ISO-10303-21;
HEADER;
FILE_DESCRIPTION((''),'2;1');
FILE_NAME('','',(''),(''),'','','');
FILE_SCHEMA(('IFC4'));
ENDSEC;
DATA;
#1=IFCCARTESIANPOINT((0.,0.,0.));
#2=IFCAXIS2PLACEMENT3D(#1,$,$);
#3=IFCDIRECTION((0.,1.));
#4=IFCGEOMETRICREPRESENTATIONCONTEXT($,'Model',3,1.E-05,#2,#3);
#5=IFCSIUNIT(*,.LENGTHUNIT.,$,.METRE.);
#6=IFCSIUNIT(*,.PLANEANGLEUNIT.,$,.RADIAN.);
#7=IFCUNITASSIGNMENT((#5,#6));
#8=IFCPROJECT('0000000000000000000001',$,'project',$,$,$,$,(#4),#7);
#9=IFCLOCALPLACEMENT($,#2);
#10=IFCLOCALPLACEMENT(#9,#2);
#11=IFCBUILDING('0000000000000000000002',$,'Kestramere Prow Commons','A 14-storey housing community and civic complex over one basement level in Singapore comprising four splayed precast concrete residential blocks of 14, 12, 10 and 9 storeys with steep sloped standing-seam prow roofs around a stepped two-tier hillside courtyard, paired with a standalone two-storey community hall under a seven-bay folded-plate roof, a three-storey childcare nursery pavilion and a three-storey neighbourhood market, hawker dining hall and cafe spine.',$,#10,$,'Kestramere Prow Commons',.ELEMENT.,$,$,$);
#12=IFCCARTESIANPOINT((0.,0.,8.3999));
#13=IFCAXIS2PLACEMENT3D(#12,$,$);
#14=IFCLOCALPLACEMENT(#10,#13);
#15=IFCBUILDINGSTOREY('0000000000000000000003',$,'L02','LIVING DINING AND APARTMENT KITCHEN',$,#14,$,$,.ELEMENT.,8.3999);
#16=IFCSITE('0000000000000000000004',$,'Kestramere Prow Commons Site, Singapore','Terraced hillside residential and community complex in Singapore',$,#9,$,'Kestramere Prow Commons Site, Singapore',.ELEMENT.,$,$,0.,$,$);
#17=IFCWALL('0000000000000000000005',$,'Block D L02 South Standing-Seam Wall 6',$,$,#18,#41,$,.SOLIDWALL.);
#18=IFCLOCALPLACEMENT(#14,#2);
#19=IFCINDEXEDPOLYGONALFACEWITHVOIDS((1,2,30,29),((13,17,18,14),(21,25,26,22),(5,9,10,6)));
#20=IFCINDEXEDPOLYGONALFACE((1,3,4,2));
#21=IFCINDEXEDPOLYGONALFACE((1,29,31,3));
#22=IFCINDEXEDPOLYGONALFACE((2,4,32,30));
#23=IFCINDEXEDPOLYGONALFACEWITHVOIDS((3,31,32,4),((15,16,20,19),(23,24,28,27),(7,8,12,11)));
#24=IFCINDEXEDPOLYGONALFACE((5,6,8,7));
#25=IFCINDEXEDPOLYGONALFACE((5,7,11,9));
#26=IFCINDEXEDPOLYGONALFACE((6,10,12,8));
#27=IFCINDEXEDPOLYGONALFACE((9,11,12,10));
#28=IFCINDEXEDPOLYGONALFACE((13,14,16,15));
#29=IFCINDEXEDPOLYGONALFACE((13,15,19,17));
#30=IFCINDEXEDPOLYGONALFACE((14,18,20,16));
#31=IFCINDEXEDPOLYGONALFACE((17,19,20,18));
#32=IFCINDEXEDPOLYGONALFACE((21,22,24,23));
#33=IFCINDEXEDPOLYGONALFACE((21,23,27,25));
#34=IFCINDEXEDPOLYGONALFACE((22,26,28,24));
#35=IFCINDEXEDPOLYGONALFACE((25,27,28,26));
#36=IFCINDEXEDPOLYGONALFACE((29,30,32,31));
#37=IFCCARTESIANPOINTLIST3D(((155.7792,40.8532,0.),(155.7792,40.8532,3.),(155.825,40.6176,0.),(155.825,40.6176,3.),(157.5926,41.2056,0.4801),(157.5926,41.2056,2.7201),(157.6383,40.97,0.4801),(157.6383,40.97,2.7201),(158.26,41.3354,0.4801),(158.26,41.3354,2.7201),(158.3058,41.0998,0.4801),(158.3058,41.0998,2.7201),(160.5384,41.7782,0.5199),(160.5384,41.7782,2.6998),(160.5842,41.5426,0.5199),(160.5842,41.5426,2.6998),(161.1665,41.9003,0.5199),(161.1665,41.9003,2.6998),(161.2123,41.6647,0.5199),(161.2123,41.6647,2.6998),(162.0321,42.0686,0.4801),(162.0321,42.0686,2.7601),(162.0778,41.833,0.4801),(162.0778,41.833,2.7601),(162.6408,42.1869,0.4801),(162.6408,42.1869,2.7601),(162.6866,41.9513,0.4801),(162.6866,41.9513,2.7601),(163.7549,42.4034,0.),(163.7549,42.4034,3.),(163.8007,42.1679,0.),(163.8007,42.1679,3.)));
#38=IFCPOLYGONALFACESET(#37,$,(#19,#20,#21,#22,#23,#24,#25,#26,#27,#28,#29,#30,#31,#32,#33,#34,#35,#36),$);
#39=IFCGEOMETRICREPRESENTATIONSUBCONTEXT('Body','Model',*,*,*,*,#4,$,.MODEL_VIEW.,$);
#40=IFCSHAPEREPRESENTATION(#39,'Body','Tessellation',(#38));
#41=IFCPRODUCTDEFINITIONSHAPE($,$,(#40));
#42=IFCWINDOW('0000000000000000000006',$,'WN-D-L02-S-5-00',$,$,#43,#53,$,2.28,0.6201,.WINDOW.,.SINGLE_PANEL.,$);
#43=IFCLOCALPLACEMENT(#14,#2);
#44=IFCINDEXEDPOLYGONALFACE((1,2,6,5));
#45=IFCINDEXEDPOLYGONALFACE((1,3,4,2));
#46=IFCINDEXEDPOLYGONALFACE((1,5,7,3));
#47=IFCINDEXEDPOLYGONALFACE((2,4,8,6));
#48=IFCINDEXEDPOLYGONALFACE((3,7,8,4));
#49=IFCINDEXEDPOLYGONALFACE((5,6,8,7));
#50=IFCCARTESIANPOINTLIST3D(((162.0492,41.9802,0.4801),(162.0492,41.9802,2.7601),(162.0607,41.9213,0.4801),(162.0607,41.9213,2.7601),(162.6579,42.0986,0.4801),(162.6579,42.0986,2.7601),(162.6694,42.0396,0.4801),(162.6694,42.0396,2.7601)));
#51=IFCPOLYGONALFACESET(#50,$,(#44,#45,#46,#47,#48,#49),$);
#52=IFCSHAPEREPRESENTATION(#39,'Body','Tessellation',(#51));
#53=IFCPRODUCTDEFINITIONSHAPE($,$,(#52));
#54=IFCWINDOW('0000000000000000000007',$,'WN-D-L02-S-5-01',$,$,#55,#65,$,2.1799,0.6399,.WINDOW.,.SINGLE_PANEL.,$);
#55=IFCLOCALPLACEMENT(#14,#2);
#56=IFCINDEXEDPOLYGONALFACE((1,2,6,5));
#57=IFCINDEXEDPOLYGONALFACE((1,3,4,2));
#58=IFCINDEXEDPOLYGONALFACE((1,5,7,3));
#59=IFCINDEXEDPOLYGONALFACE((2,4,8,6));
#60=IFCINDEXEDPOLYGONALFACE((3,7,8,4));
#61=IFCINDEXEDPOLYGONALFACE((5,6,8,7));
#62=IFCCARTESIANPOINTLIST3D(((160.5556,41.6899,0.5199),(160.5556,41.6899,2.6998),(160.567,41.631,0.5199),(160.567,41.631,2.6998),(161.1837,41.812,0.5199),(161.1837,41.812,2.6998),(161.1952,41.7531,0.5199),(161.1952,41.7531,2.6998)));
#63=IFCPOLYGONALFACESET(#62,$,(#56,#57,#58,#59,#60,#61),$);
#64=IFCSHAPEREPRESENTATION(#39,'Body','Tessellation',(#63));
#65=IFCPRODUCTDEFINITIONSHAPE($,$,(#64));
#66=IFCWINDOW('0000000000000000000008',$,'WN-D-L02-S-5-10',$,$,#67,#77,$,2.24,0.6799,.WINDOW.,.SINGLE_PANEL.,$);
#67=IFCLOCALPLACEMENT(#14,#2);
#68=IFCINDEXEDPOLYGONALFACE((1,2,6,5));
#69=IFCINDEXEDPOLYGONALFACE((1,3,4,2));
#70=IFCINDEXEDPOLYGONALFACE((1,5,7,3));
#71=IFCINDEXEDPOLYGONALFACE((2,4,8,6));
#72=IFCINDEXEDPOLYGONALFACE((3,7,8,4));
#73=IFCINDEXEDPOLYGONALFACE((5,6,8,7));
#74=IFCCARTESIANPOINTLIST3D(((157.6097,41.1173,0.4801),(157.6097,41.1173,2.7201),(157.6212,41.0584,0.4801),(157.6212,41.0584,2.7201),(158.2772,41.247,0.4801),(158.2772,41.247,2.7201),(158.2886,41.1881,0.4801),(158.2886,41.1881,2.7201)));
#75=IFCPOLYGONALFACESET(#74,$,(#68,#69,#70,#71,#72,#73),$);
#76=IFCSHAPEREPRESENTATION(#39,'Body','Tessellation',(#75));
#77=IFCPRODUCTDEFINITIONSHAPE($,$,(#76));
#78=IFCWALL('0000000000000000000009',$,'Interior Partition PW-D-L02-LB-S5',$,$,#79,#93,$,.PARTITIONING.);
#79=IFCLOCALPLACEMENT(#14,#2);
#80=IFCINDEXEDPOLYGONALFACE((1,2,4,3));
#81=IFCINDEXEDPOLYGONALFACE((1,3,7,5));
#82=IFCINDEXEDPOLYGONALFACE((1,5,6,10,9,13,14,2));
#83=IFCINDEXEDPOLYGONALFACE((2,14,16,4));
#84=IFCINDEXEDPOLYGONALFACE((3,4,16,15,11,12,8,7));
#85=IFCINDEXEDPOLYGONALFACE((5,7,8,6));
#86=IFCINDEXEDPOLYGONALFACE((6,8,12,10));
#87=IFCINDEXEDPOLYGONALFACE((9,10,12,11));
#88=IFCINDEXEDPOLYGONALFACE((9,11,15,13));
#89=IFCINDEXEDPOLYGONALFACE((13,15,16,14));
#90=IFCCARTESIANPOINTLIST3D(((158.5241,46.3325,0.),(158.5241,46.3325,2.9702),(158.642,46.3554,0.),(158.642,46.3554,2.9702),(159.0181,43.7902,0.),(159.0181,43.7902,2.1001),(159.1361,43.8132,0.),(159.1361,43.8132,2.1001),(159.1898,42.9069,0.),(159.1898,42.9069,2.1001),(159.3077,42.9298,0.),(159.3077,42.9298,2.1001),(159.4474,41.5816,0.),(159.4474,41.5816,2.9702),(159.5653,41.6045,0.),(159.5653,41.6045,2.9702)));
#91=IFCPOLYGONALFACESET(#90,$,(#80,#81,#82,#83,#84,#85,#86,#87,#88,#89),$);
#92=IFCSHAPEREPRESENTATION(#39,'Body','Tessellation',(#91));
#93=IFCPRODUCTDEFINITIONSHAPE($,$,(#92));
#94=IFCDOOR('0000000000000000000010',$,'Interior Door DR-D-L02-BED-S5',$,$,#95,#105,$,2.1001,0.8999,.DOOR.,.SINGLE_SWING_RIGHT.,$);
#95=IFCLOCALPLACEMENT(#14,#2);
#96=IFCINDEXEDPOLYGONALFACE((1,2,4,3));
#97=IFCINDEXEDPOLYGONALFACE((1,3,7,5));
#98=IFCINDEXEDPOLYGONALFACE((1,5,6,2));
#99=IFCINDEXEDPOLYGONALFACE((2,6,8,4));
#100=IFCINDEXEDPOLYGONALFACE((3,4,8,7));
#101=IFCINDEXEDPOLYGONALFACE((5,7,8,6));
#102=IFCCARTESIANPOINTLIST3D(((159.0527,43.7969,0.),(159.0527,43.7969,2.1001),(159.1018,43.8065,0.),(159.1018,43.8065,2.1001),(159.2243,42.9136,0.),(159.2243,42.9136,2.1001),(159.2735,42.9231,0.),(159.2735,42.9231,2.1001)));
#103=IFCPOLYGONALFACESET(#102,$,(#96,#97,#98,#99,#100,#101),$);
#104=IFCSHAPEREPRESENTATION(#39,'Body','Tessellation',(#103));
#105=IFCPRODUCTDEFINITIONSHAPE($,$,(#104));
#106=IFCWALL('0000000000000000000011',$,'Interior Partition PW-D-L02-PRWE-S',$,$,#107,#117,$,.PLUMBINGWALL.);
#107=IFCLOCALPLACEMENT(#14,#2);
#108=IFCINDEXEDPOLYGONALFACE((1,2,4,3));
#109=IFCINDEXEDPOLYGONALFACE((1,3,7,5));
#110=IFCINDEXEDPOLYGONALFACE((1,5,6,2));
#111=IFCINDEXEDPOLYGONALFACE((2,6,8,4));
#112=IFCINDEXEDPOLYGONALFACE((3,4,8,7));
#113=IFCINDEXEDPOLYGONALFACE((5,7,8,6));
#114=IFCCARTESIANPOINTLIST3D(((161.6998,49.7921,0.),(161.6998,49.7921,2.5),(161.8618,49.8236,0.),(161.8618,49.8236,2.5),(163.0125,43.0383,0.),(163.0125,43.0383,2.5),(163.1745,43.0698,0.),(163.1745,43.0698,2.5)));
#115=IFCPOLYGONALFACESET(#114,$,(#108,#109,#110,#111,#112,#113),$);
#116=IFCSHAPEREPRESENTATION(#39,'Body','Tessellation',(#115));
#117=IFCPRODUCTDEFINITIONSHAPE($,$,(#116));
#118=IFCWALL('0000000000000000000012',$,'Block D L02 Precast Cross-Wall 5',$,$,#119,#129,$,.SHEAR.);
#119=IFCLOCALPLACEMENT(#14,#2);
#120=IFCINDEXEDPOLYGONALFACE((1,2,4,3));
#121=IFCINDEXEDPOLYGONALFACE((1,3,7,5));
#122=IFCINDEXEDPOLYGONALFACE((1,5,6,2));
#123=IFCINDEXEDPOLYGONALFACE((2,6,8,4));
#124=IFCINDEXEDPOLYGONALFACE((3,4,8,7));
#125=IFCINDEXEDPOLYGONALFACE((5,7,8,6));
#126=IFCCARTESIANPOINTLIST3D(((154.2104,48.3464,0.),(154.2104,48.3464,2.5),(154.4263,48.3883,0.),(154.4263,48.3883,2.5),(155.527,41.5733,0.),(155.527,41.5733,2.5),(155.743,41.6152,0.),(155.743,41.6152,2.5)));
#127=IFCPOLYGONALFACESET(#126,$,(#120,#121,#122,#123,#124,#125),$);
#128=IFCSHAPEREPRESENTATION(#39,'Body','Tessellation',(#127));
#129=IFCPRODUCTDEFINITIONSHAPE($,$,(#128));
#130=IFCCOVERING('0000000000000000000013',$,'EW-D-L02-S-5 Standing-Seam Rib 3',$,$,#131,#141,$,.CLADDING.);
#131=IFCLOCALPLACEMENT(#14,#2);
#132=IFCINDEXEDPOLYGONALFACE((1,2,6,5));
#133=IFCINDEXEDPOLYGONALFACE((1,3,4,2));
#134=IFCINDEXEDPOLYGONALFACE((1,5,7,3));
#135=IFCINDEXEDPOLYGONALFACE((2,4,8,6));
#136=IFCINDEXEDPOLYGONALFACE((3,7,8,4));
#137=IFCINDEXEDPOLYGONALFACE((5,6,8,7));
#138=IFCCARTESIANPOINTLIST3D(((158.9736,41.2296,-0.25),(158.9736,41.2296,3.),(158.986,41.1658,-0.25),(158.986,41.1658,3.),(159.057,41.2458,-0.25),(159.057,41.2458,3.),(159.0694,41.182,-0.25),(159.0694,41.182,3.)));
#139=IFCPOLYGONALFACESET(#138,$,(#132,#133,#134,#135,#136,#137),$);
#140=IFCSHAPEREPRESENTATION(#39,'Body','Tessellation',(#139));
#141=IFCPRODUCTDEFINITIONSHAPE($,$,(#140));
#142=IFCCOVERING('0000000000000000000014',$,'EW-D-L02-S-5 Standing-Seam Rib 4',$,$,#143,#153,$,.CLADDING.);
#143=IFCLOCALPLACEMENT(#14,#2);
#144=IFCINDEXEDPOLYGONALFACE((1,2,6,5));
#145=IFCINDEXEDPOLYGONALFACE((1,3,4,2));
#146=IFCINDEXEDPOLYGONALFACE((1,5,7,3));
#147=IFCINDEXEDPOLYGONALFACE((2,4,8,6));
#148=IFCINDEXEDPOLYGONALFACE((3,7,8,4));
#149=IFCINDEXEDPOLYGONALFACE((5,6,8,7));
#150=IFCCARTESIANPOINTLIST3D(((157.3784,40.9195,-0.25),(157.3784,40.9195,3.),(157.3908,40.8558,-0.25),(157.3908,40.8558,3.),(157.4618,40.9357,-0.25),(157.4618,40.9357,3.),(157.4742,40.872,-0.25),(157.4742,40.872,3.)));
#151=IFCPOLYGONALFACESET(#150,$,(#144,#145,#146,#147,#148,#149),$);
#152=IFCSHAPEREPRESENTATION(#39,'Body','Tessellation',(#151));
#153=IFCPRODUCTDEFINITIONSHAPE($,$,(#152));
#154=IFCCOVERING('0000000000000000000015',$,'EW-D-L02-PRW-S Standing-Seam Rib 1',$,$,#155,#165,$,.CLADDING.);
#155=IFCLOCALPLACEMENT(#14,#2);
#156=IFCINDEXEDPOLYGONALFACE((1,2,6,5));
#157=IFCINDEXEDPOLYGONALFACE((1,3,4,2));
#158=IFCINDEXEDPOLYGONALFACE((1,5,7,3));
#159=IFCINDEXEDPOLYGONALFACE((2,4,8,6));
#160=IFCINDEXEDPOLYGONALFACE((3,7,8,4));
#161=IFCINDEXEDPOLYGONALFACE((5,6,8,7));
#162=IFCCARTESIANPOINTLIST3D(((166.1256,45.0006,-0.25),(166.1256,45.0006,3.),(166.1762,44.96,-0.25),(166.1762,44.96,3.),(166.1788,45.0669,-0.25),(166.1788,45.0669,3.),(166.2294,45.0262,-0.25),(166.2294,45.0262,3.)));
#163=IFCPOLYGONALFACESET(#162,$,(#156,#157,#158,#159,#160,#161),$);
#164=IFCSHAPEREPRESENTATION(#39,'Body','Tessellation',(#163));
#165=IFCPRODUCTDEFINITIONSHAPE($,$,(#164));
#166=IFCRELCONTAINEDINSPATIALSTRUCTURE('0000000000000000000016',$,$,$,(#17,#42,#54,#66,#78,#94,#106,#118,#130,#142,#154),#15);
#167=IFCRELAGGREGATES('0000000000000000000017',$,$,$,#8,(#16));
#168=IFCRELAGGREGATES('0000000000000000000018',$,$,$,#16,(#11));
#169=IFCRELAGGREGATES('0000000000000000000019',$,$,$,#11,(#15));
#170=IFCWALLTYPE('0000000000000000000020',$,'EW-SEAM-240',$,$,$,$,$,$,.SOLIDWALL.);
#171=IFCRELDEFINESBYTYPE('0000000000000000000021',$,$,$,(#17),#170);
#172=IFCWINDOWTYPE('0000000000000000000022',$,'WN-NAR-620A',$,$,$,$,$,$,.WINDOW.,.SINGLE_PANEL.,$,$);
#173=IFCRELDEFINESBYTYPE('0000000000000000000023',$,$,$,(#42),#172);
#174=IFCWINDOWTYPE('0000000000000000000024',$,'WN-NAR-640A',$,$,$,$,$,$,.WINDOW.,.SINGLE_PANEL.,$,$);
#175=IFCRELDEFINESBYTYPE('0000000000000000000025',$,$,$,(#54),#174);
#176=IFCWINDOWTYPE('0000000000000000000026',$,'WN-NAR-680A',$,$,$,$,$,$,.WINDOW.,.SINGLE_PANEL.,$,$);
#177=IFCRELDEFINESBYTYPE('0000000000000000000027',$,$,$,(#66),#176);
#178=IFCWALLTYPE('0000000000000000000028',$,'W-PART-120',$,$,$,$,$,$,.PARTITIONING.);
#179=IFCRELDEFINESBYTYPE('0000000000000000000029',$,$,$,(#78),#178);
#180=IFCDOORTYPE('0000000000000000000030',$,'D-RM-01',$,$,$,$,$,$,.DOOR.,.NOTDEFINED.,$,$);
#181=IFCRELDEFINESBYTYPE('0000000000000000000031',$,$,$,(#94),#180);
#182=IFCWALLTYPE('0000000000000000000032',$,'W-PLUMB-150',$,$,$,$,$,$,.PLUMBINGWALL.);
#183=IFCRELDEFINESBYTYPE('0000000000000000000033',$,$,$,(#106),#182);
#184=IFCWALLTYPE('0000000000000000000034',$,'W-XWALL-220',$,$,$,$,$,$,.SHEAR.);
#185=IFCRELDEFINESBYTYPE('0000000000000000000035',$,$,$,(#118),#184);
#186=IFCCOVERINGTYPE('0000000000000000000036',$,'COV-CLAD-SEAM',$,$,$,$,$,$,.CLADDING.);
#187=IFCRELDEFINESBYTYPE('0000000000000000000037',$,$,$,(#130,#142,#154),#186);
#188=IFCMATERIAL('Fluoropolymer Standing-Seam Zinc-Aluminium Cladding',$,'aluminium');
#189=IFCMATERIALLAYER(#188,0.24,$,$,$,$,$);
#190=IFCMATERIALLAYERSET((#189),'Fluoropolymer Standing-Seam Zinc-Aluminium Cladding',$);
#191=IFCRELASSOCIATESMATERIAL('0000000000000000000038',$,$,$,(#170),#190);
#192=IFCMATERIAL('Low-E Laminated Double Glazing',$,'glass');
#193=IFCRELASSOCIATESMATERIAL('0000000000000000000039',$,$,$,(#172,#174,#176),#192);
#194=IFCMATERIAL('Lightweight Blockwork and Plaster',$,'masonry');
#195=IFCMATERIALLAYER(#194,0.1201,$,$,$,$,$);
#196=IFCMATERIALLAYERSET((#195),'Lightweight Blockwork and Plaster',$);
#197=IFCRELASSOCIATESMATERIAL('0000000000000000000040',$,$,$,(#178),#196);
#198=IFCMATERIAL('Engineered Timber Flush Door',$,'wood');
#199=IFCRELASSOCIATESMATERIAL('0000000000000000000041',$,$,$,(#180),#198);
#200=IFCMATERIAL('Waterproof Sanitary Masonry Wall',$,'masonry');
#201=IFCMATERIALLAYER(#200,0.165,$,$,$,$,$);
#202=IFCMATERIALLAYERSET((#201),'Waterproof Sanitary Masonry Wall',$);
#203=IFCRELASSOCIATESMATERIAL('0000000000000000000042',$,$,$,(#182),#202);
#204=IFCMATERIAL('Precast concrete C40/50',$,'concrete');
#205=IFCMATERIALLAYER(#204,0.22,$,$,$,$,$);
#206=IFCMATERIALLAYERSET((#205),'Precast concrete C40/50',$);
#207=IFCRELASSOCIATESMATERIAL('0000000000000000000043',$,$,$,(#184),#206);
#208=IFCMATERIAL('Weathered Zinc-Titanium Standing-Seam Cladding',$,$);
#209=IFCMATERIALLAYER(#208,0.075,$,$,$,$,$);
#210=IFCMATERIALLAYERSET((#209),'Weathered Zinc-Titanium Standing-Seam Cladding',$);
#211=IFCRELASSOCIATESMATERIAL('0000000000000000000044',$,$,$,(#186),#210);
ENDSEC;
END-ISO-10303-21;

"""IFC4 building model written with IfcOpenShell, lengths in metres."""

from ifc_helpers import new_model, si_unit, direction, frame, frame_2d, origin, origin_2d, place, context, subcontext, project, spatial, rectangle, extrude, material, layer, layer_set, type_object, element, fill, save


model = new_model("IFC4")

# Units and contexts
model_context = context("Model", 3, precision=1e-05, world=origin(), true_north=direction((0.0, 1.0)))
body_context = subcontext(model_context, "Body", "Model", "MODEL_VIEW")
ifc_project = project(units=[si_unit("LENGTHUNIT", "METRE"), si_unit("PLANEANGLEUNIT", "RADIAN")], contexts=[model_context])

# Site, building, storey
site_placement = place(None, origin())
site = spatial("IfcSite", under=ifc_project, at=site_placement, Name="Kestramere Prow Commons Site, Singapore", Description="Terraced hillside residential and community complex in Singapore", LongName="Kestramere Prow Commons Site, Singapore", CompositionType="ELEMENT", RefElevation=0.0)
building_placement = place(site_placement, origin())
building = spatial("IfcBuilding", under=site, at=building_placement, Name="Kestramere Prow Commons", Description="A 14-storey housing community and civic complex over one basement level in Singapore comprising four splayed precast concrete residential blocks of 14, 12, 10 and 9 storeys with steep sloped standing-seam prow roofs around a stepped two-tier hillside courtyard, paired with a standalone two-storey community hall under a seven-bay folded-plate roof, a three-storey childcare nursery pavilion and a three-storey neighbourhood market, hawker dining hall and cafe spine.", LongName="Kestramere Prow Commons", CompositionType="ELEMENT")
storey_placement = place(building_placement, frame((0.0, 0.0, 8.3999)))
storey = spatial("IfcBuildingStorey", under=building, at=storey_placement, Name="L02", Description="LIVING DINING AND APARTMENT KITCHEN", CompositionType="ELEMENT", Elevation=8.3999)

# Shared definitions
ifc_material_1 = material(Name="Precast concrete C40/50", Category="concrete")

# Shared definitions
ifc_material_2 = material(Name="Weathered Zinc-Titanium Standing-Seam Cladding")

# Wall, openings, windows
ifc_material_3 = material(Name="Fluoropolymer Standing-Seam Zinc-Aluminium Cladding", Category="aluminium")
ifc_layer_1 = layer(ifc_material_3, 0.24)
ifc_layer_set_1 = layer_set([ifc_layer_1], Name="Fluoropolymer Standing-Seam Zinc-Aluminium Cladding")
wall_type_1 = type_object("IfcWallType", Name="EW-SEAM-240", PredefinedType="SOLIDWALL", material=ifc_layer_set_1)
ifc_material_4 = material(Name="Low-E Laminated Double Glazing", Category="glass")
wall_1_placement = place(storey_placement, frame((163.7778, 42.2856, 0.0), z_axis=(0.0, 0.0, 1.0), x_axis=(-0.981628, -0.190803, 0.0)))
wall_1 = element("IfcWall", 1, at=wall_1_placement, inside=storey, type_object=wall_type_1, Name="Block D L02 South Standing-Seam Wall 6", PredefinedType="SOLIDWALL", context=body_context, shape_type="SweptSolid", body=[
    extrude(rectangle(XDim=8.125, YDim=0.24, at=frame_2d((4.0625, 0.0))), origin(), (0.0, 0.0, 1.0), 3.0),
])
opening_1_placement = place(wall_1_placement, frame((1.135, 0.0, 0.48)))
opening_1 = element("IfcOpeningElement", 2, at=opening_1_placement, cuts=wall_1, PredefinedType="OPENING", context=body_context, shape_type="SweptSolid", body=[
    extrude(rectangle(XDim=0.6201, YDim=2.28, at=frame_2d((0.3101, 1.1401))), frame((0.0, 0.135, 0.0), z_axis=(0.0, -1.0, 0.0), x_axis=(1.0, 0.0, 0.0)), (0.0, 0.0, 1.0), 0.27),
])
opening_2_placement = place(wall_1_placement, frame((2.637, 0.0, 0.52)))
opening_2 = element("IfcOpeningElement", 3, at=opening_2_placement, cuts=wall_1, PredefinedType="OPENING", context=body_context, shape_type="SweptSolid", body=[
    extrude(rectangle(XDim=0.6399, YDim=2.1799, at=frame_2d((0.3198, 1.0898))), frame((0.0, 0.135, 0.0), z_axis=(0.0, -1.0, 0.0), x_axis=(1.0, 0.0, 0.0)), (0.0, 0.0, 1.0), 0.27),
])
opening_3_placement = place(wall_1_placement, frame((5.5979, 0.0, 0.48)))
opening_3 = element("IfcOpeningElement", 4, at=opening_3_placement, cuts=wall_1, PredefinedType="OPENING", context=body_context, shape_type="SweptSolid", body=[
    extrude(rectangle(XDim=0.6799, YDim=2.24, at=frame_2d((0.3398, 1.1201))), frame((0.0, 0.135, 0.0), z_axis=(0.0, -1.0, 0.0), x_axis=(1.0, 0.0, 0.0)), (0.0, 0.0, 1.0), 0.27),
])
window_type_1 = type_object("IfcWindowType", Name="WN-NAR-620A", PartitioningType="SINGLE_PANEL", PredefinedType="WINDOW", material=ifc_material_4)
window_1_placement = place(opening_1_placement, origin())
window_1 = element("IfcWindow", 5, at=window_1_placement, inside=storey, type_object=window_type_1, Name="WN-D-L02-S-5-00", OverallHeight=2.28, OverallWidth=0.6201, PartitioningType="SINGLE_PANEL", PredefinedType="WINDOW", context=body_context, shape_type="SweptSolid", body=[
    extrude(rectangle(XDim=0.6201, YDim=2.28, at=frame_2d((0.3101, 1.1401))), frame((0.0, 0.03, 0.0), z_axis=(0.0, -1.0, 0.0), x_axis=(1.0, 0.0, 0.0)), (0.0, 0.0, 1.0), 0.0601),
])
fill(opening_1, window_1)
window_type_2 = type_object("IfcWindowType", Name="WN-NAR-640A", PartitioningType="SINGLE_PANEL", PredefinedType="WINDOW", material=ifc_material_4)
window_2_placement = place(opening_2_placement, origin())
window_2 = element("IfcWindow", 6, at=window_2_placement, inside=storey, type_object=window_type_2, Name="WN-D-L02-S-5-01", OverallHeight=2.1799, OverallWidth=0.6399, PartitioningType="SINGLE_PANEL", PredefinedType="WINDOW", context=body_context, shape_type="SweptSolid", body=[
    extrude(rectangle(XDim=0.6399, YDim=2.1799, at=frame_2d((0.3198, 1.0898))), frame((0.0, 0.03, 0.0), z_axis=(0.0, -1.0, 0.0), x_axis=(1.0, 0.0, 0.0)), (0.0, 0.0, 1.0), 0.0601),
])
fill(opening_2, window_2)
window_type_3 = type_object("IfcWindowType", Name="WN-NAR-680A", PartitioningType="SINGLE_PANEL", PredefinedType="WINDOW", material=ifc_material_4)
window_3_placement = place(opening_3_placement, origin())
window_3 = element("IfcWindow", 7, at=window_3_placement, inside=storey, type_object=window_type_3, Name="WN-D-L02-S-5-10", OverallHeight=2.24, OverallWidth=0.6799, PartitioningType="SINGLE_PANEL", PredefinedType="WINDOW", context=body_context, shape_type="SweptSolid", body=[
    extrude(rectangle(XDim=0.6799, YDim=2.24, at=frame_2d((0.3398, 1.1201))), frame((0.0, 0.03, 0.0), z_axis=(0.0, -1.0, 0.0), x_axis=(1.0, 0.0, 0.0)), (0.0, 0.0, 1.0), 0.0601),
])
fill(opening_3, window_3)

# Wall, opening, door
ifc_material_5 = material(Name="Lightweight Blockwork and Plaster", Category="masonry")
ifc_layer_2 = layer(ifc_material_5, 0.1201)
ifc_layer_set_2 = layer_set([ifc_layer_2], Name="Lightweight Blockwork and Plaster")
wall_type_2 = type_object("IfcWallType", Name="W-PART-120", PredefinedType="PARTITIONING", material=ifc_layer_set_2)
wall_2_placement = place(storey_placement, frame((159.5063, 41.593, 0.0), z_axis=(0.0, 0.0, 1.0), x_axis=(-0.190778, 0.981633, 0.0)))
wall_2 = element("IfcWall", 8, at=wall_2_placement, inside=storey, type_object=wall_type_2, Name="Interior Partition PW-D-L02-LB-S5", PredefinedType="PARTITIONING", context=body_context, shape_type="SweptSolid", body=[
    extrude(rectangle(XDim=4.8398, YDim=0.1201, at=frame_2d((2.4199, 0.0))), origin(), (0.0, 0.0, 1.0), 2.9702),
])
opening_4_placement = place(wall_2_placement, frame((1.3501, 0.0, 0.0)))
opening_4 = element("IfcOpeningElement", 9, at=opening_4_placement, cuts=wall_2, PredefinedType="OPENING", context=body_context, shape_type="SweptSolid", body=[
    extrude(rectangle(XDim=0.8999, YDim=2.1001, at=frame_2d((0.45, 1.05))), frame((0.0, 0.075, 0.0), z_axis=(0.0, -1.0, 0.0), x_axis=(1.0, 0.0, 0.0)), (0.0, 0.0, 1.0), 0.1501),
])
ifc_material_6 = material(Name="Engineered Timber Flush Door", Category="wood")
door_type = type_object("IfcDoorType", Name="D-RM-01", OperationType="NOTDEFINED", PredefinedType="DOOR", material=ifc_material_6)
door_placement = place(opening_4_placement, origin())
door = element("IfcDoor", 10, at=door_placement, inside=storey, type_object=door_type, Name="Interior Door DR-D-L02-BED-S5", OperationType="SINGLE_SWING_RIGHT", OverallHeight=2.1001, OverallWidth=0.8999, PredefinedType="DOOR", context=body_context, shape_type="SweptSolid", body=[
    extrude(rectangle(XDim=0.8999, YDim=2.1001, at=frame_2d((0.45, 1.05))), frame((0.0, 0.0249, 0.0), z_axis=(0.0, -1.0, 0.0), x_axis=(1.0, 0.0, 0.0)), (0.0, 0.0, 1.0), 0.05),
])
fill(opening_4, door)

# Walls
ifc_material_7 = material(Name="Waterproof Sanitary Masonry Wall", Category="masonry")
ifc_layer_3 = layer(ifc_material_7, 0.165)
ifc_layer_set_3 = layer_set([ifc_layer_3], Name="Waterproof Sanitary Masonry Wall")
wall_type_3 = type_object("IfcWallType", Name="W-PLUMB-150", PredefinedType="PLUMBINGWALL", material=ifc_layer_set_3)
wall_3_placement = place(storey_placement, frame((163.0935, 43.0542, 0.0), z_axis=(0.0, 0.0, 1.0), x_axis=(-0.190804, 0.981628, 0.0)))
element("IfcWall", 11, at=wall_3_placement, inside=storey, type_object=wall_type_3, Name="Interior Partition PW-D-L02-PRWE-S", PredefinedType="PLUMBINGWALL", context=body_context, shape_type="SweptSolid", body=[
    extrude(rectangle(XDim=6.8801, YDim=0.165, at=frame_2d((3.4399, 0.0))), origin(), (0.0, 0.0, 1.0), 2.5),
])
ifc_layer_4 = layer(ifc_material_1, 0.22)
ifc_layer_set_4 = layer_set([ifc_layer_4], Name="Precast concrete C40/50")
wall_type_4 = type_object("IfcWallType", Name="W-XWALL-220", PredefinedType="SHEAR", material=ifc_layer_set_4)
wall_4_placement = place(storey_placement, frame((155.635, 41.5942, 0.0), z_axis=(0.0, 0.0, 1.0), x_axis=(-0.190819, 0.981625, 0.0)))
element("IfcWall", 12, at=wall_4_placement, inside=storey, type_object=wall_type_4, Name="Block D L02 Precast Cross-Wall 5", PredefinedType="SHEAR", context=body_context, shape_type="SweptSolid", body=[
    extrude(rectangle(XDim=6.8999, YDim=0.22, at=frame_2d((3.45, 0.0))), origin(), (0.0, 0.0, 1.0), 2.5),
])

# Coverings
ifc_layer_5 = layer(ifc_material_2, 0.075)
ifc_layer_set_5 = layer_set([ifc_layer_5], Name="Weathered Zinc-Titanium Standing-Seam Cladding")
covering_type = type_object("IfcCoveringType", Name="COV-CLAD-SEAM", PredefinedType="CLADDING", material=ifc_layer_set_5)
for number, where, z_axis, x_axis, name in (
    (13, (159.0215, 41.2058, -0.25), (0.0, 0.0, 1.0), (-0.981627, -0.190809, 0.0), "EW-D-L02-S-5 Standing-Seam Rib 3"),
    (14, (157.4263, 40.8958, -0.25), (0.0, 0.0, 1.0), (-0.981627, -0.190809, 0.0), "EW-D-L02-S-5 Standing-Seam Rib 4"),
    (15, (166.1775, 45.0134, -0.25), (0.0, 0.0, 1.0), (-0.626298, -0.779584, 0.0), "EW-D-L02-PRW-S Standing-Seam Rib 1"),
):
    element("IfcCovering", number, at=place(storey_placement, frame(where, z_axis=z_axis, x_axis=x_axis)), inside=storey, type_object=covering_type, Name=name, PredefinedType="CLADDING", context=body_context, shape_type="SweptSolid", body=[
        extrude(rectangle(XDim=0.085, YDim=0.0649, at=origin_2d()), origin(), (0.0, 0.0, 1.0), 3.25),
    ])

save(model, "model.ifc")
